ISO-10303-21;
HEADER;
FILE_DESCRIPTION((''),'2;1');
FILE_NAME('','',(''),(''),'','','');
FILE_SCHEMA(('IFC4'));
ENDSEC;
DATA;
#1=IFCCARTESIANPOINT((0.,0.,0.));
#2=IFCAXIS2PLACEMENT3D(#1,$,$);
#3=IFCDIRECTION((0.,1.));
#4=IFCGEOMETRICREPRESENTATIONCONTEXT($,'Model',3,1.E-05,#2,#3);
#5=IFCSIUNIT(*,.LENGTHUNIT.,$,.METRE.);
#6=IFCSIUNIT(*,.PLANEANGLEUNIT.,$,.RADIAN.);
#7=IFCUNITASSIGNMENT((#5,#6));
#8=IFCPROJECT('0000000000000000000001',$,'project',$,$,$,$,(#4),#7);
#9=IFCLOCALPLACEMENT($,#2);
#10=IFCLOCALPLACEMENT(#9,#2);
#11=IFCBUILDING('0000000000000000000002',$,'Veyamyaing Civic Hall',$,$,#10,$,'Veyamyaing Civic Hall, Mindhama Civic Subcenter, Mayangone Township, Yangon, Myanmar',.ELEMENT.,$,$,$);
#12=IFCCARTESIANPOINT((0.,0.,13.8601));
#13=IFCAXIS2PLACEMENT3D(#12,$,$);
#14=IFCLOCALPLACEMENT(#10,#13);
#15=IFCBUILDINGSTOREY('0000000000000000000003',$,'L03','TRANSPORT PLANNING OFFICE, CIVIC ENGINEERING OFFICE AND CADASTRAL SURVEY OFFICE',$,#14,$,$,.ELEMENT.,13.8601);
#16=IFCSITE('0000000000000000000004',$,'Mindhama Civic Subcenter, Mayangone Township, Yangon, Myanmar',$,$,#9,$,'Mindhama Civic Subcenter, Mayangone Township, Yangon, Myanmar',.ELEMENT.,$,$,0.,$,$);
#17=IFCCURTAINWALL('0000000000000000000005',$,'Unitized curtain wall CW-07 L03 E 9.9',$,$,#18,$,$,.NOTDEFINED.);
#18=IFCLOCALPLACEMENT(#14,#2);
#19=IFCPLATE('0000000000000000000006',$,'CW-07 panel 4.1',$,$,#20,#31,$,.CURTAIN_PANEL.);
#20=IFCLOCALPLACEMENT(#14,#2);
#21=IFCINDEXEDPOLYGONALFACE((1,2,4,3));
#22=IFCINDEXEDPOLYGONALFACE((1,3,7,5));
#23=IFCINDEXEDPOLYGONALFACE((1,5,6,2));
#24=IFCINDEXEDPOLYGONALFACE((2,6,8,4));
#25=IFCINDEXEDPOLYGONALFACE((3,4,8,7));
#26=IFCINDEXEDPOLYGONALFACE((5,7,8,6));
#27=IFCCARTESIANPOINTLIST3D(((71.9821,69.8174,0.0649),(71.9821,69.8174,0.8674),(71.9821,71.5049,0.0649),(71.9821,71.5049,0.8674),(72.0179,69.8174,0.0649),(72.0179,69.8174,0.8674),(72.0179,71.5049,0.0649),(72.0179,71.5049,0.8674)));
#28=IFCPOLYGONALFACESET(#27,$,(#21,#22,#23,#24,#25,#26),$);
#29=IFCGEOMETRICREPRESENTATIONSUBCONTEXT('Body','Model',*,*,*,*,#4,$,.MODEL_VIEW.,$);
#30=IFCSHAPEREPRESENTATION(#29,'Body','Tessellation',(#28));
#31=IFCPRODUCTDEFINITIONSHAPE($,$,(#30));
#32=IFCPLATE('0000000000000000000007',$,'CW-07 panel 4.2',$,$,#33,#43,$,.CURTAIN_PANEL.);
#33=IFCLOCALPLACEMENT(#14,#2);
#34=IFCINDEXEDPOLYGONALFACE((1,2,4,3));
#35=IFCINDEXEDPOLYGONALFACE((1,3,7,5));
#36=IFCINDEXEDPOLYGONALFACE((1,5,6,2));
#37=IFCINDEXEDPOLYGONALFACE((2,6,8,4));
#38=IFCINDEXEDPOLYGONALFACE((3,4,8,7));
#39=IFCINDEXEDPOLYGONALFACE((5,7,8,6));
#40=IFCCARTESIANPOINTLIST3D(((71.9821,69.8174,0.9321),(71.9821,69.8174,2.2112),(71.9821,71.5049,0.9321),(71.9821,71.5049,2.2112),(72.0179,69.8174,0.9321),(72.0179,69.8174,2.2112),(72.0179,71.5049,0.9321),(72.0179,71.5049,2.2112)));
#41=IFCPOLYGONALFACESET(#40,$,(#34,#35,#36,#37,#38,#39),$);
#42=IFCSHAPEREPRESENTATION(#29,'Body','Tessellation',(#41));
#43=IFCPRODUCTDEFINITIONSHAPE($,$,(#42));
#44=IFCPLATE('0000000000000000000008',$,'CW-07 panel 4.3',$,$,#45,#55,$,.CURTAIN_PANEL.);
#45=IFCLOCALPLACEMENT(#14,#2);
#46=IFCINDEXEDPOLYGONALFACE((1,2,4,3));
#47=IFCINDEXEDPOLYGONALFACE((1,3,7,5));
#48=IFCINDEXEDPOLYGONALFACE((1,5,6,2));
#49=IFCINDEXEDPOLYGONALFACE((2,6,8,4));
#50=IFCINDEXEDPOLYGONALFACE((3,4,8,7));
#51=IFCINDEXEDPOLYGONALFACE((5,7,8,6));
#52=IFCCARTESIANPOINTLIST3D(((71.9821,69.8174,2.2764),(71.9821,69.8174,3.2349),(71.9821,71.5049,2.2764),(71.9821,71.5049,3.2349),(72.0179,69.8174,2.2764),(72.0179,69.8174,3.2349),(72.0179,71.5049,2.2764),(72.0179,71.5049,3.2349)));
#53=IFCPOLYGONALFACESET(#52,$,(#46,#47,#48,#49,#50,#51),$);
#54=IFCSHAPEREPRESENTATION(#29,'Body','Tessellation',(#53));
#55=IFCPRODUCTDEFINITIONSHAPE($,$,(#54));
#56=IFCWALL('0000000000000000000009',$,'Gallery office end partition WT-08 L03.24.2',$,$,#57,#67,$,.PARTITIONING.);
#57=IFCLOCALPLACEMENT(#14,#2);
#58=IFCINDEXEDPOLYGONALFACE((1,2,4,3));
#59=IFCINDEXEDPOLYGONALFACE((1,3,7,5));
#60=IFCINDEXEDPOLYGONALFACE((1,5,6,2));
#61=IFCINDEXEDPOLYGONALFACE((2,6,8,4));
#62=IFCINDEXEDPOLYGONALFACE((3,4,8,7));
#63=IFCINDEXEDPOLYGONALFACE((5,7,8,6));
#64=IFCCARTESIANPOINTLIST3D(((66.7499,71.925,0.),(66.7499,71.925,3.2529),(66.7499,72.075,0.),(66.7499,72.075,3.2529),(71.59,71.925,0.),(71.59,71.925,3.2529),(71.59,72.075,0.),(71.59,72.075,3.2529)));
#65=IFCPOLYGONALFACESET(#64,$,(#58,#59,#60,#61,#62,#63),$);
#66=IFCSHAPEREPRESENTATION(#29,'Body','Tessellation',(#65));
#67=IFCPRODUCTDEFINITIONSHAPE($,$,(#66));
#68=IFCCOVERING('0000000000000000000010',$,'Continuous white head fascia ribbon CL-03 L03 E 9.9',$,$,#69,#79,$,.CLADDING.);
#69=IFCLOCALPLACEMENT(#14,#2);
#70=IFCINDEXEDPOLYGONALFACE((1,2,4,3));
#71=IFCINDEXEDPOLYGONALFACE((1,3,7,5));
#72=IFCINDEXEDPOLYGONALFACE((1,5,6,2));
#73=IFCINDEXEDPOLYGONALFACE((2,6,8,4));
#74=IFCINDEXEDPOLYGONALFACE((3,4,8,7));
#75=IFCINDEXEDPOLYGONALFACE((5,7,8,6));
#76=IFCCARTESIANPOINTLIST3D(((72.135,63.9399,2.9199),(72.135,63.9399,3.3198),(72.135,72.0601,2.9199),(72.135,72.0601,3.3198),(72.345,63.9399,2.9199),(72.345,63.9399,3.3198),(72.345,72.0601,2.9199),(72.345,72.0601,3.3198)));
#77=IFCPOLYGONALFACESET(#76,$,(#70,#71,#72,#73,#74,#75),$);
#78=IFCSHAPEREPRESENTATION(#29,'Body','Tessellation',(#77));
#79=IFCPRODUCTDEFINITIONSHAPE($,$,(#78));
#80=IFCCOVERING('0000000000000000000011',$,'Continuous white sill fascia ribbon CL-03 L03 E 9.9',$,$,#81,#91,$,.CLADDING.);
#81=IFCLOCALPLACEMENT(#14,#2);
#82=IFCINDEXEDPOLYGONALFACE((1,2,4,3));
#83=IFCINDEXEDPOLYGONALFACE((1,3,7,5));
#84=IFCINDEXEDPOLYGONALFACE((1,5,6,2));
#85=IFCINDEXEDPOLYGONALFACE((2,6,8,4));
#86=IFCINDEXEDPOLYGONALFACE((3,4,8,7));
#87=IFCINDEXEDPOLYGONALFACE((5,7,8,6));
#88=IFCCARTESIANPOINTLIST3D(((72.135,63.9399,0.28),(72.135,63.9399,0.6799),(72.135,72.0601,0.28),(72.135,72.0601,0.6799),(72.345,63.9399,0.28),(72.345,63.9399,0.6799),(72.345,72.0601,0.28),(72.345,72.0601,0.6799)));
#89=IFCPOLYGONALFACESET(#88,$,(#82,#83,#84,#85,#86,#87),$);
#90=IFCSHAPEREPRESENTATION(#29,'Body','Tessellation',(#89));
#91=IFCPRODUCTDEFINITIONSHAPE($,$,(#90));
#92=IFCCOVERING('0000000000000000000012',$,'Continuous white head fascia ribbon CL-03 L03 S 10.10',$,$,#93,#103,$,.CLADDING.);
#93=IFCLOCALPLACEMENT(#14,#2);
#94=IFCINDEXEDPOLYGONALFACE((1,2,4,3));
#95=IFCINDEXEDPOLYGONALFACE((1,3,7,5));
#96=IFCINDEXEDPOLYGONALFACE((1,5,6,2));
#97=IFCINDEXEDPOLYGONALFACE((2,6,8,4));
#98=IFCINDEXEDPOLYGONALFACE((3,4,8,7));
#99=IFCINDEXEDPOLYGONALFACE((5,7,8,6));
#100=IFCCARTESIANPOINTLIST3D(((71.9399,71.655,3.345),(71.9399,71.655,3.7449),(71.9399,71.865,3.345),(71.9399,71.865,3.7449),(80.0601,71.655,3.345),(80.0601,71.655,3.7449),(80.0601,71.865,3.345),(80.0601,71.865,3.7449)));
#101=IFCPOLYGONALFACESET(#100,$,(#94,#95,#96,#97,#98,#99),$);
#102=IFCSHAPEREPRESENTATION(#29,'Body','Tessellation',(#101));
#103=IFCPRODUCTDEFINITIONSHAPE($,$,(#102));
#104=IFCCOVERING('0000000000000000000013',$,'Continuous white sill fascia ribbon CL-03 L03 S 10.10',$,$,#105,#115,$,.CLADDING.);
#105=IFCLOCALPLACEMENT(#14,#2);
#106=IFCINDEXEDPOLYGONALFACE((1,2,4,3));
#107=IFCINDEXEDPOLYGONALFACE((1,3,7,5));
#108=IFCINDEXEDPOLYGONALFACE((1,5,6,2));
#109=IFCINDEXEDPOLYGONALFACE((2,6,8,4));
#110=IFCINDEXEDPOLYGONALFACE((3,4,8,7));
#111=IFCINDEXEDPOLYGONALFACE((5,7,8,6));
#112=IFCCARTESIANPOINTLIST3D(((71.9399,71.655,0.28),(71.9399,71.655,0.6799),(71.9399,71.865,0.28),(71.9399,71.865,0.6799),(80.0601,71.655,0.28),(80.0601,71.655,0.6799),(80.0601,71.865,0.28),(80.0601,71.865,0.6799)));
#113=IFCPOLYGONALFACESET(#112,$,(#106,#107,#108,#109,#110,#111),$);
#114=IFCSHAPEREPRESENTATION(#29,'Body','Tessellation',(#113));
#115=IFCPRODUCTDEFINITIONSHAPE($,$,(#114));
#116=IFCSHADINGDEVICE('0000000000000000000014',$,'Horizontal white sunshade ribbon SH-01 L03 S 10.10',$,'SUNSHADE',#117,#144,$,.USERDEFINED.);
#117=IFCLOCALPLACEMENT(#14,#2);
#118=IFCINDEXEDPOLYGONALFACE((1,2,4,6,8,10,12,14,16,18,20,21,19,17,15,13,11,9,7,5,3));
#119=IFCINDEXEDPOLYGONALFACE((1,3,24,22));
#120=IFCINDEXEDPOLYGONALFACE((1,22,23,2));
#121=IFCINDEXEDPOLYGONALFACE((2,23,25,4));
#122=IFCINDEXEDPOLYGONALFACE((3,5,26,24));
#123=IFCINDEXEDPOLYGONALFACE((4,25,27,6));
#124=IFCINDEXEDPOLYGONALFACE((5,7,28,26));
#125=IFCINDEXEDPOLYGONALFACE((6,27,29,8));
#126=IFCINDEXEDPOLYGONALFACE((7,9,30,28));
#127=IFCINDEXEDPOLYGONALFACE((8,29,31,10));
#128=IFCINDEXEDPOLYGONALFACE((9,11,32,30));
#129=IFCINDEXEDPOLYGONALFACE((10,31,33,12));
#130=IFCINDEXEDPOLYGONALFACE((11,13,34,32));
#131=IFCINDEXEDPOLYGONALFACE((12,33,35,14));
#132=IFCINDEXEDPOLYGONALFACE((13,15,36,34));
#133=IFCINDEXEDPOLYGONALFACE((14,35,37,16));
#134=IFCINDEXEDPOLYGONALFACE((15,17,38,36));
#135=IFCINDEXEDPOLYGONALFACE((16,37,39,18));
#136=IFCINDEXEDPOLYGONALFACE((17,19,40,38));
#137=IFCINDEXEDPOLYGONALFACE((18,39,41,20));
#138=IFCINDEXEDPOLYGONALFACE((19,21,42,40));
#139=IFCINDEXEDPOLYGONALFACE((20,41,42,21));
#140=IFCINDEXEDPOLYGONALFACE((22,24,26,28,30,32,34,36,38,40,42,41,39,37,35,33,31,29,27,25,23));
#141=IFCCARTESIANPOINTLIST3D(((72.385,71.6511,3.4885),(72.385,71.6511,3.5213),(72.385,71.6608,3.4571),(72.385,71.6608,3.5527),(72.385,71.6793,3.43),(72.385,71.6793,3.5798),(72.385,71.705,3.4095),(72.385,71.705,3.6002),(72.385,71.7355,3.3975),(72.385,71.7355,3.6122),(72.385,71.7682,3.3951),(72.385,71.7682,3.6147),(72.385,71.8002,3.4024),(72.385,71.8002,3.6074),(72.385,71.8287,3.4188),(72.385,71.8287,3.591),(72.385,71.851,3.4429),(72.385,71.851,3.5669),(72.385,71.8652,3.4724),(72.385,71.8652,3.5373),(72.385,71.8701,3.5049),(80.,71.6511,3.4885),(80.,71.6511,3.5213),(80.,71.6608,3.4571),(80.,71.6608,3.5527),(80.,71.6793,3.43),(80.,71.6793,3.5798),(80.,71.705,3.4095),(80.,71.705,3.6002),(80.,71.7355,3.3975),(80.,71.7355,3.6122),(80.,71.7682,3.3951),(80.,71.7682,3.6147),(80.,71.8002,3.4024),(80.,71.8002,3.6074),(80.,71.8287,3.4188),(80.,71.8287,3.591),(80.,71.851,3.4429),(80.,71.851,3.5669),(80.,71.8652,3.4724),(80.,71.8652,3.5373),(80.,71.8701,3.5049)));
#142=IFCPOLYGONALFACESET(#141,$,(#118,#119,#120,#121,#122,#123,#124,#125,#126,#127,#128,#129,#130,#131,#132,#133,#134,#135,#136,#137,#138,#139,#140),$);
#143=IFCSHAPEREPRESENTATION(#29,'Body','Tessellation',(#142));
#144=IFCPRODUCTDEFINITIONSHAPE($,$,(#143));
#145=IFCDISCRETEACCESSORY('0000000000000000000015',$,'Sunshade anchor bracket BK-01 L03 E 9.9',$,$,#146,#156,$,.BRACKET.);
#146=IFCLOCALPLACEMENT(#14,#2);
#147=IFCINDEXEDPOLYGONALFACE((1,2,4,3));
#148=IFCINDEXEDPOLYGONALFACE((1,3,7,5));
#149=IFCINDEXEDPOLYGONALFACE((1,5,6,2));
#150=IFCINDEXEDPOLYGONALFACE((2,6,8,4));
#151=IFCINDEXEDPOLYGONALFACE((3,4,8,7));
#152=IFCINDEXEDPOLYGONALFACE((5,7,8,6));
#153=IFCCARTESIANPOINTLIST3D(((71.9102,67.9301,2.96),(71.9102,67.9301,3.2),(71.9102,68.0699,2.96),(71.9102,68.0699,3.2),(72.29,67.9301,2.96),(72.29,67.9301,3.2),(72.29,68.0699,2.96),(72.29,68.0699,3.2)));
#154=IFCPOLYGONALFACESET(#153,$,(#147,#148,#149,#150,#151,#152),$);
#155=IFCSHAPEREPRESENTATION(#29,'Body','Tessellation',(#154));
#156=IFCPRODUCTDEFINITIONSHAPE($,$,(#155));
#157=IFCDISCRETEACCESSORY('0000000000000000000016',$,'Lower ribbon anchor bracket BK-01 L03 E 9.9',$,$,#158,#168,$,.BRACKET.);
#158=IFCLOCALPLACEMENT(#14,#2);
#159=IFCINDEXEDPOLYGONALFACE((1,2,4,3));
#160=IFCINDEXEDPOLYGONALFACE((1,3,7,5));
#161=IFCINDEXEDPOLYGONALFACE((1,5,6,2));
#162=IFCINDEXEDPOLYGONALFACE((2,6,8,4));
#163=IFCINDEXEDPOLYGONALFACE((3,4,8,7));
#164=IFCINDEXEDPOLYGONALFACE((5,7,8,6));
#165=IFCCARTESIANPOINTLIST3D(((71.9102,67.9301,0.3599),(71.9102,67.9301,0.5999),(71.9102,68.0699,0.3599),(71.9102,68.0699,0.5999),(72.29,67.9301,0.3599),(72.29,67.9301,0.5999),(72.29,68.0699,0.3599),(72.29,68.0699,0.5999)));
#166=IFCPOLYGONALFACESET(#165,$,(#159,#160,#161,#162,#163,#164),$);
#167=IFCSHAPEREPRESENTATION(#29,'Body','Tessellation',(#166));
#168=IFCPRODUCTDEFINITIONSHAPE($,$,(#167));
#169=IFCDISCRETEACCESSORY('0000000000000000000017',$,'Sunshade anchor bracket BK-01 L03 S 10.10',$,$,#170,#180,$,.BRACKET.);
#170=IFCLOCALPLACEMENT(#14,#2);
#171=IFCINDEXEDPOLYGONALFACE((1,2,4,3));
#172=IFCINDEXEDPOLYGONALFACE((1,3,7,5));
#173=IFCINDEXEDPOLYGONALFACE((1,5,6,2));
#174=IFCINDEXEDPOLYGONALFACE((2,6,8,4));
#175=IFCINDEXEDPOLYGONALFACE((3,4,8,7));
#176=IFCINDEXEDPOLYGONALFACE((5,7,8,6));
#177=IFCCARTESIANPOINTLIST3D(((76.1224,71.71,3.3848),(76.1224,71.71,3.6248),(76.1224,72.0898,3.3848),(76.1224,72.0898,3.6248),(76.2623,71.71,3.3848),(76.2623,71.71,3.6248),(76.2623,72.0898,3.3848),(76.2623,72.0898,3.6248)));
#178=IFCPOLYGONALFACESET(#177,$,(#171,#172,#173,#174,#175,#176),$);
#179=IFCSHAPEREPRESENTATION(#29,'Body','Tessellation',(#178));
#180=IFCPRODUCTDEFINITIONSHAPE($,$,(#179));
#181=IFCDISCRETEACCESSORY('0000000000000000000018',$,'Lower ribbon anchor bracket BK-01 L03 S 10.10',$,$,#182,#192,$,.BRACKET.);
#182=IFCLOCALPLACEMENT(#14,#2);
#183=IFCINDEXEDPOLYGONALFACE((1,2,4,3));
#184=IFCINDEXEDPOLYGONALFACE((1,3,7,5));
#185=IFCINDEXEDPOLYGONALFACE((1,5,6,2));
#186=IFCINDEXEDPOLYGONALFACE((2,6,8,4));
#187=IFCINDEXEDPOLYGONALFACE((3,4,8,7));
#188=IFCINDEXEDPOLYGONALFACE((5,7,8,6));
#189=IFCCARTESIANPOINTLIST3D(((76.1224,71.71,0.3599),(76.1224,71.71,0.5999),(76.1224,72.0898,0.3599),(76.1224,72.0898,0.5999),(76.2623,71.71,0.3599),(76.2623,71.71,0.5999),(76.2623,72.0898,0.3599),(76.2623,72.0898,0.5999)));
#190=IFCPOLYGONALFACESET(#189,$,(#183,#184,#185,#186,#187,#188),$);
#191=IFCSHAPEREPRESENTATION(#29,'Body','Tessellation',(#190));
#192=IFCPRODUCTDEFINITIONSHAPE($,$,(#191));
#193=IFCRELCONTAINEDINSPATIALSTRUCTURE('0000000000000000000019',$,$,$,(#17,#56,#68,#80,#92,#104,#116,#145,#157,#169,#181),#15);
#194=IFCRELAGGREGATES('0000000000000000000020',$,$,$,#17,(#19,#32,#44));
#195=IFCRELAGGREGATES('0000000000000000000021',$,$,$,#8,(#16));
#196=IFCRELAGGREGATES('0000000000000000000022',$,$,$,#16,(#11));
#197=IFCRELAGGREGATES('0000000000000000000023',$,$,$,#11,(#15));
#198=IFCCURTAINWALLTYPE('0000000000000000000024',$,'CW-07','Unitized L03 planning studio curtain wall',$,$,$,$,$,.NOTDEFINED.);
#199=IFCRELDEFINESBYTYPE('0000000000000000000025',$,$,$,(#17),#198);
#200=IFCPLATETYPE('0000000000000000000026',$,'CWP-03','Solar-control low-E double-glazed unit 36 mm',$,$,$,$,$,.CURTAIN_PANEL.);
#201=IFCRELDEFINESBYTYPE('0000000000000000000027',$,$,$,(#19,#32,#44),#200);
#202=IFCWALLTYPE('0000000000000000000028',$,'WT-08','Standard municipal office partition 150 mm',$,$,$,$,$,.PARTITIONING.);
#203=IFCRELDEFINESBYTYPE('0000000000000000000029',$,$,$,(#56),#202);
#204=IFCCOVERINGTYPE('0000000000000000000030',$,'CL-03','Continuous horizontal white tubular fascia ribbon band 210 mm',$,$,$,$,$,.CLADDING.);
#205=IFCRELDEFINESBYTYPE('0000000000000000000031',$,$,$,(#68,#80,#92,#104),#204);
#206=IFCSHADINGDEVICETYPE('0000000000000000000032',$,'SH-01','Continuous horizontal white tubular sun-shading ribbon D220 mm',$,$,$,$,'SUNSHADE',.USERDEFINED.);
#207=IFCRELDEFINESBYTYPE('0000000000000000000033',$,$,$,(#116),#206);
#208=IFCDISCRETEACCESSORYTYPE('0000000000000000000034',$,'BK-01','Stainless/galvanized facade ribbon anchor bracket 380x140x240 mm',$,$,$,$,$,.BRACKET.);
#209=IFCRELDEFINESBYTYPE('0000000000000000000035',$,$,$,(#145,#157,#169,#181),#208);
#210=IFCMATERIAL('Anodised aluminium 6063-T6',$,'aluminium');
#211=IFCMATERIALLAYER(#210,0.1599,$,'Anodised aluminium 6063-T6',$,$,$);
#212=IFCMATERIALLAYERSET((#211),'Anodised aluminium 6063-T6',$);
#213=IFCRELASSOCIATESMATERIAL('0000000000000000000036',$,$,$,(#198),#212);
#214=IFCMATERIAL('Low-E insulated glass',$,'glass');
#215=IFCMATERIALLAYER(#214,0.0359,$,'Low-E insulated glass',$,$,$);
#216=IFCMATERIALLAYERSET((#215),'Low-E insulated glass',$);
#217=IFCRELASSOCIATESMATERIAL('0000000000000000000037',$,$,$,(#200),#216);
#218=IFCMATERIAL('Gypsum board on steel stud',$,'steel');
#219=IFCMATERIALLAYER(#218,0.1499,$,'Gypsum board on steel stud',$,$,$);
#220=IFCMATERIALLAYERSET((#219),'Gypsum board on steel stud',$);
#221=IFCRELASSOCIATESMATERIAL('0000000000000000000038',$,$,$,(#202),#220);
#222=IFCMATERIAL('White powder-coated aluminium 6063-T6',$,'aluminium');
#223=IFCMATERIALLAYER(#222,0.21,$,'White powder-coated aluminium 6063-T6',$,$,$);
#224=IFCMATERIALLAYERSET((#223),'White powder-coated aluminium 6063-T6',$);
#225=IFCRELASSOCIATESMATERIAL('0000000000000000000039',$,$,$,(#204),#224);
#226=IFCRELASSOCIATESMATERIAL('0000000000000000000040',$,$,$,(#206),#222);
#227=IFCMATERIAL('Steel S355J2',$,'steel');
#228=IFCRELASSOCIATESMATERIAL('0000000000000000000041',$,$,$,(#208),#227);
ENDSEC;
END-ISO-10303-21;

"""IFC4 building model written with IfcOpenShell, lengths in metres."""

from ifc_helpers import new_model, si_unit, direction, frame, frame_2d, origin, origin_2d, place, context, subcontext, project, spatial, rectangle, circle, extrude, material, layer, layer_set, material_profile, profile_set, type_object, element, aggregate, save


model = new_model("IFC4")

# Units and contexts
model_context = context("Model", 3, precision=1e-05, world=origin(), true_north=direction((0.0, 1.0)))
body_context = subcontext(model_context, "Body", "Model", "MODEL_VIEW")
ifc_project = project(units=[si_unit("LENGTHUNIT", "METRE"), si_unit("PLANEANGLEUNIT", "RADIAN")], contexts=[model_context])

# Site, building, storey
site_placement = place(None, origin())
site = spatial("IfcSite", under=ifc_project, at=site_placement, Name="Mindhama Civic Subcenter, Mayangone Township, Yangon, Myanmar", LongName="Mindhama Civic Subcenter, Mayangone Township, Yangon, Myanmar", CompositionType="ELEMENT", RefElevation=0.0)
building_placement = place(site_placement, origin())
building = spatial("IfcBuilding", under=site, at=building_placement, Name="Veyamyaing Civic Hall", LongName="Veyamyaing Civic Hall, Mindhama Civic Subcenter, Mayangone Township, Yangon, Myanmar", CompositionType="ELEMENT")
storey_placement = place(building_placement, frame((0.0, 0.0, 13.8601)))
storey = spatial("IfcBuildingStorey", under=building, at=storey_placement, Name="L03", Description="TRANSPORT PLANNING OFFICE, CIVIC ENGINEERING OFFICE AND CADASTRAL SURVEY OFFICE", CompositionType="ELEMENT", Elevation=13.8601)

# Shared definitions
ifc_material_1 = material(Name="Anodised aluminium 6063-T6", Category="aluminium")
ifc_layer_1 = layer(ifc_material_1, 0.1599, Name="Anodised aluminium 6063-T6")
ifc_layer_set_1 = layer_set([ifc_layer_1], Name="Anodised aluminium 6063-T6")
curtain_wall_type = type_object("IfcCurtainWallType", Name="CW-07", Description="Unitized L03 planning studio curtain wall", PredefinedType="NOTDEFINED", material=ifc_layer_set_1)

# Curtain wall
curtain_wall_1_placement = place(storey_placement, origin())
curtain_wall_1 = element("IfcCurtainWall", 1, at=curtain_wall_1_placement, inside=storey, type_object=curtain_wall_type, Name="Unitized curtain wall CW-07 L03 E 9.9", PredefinedType="NOTDEFINED")

# Plates
ifc_material_2 = material(Name="Low-E insulated glass", Category="glass")
ifc_layer_2 = layer(ifc_material_2, 0.0359, Name="Low-E insulated glass")
ifc_layer_set_2 = layer_set([ifc_layer_2], Name="Low-E insulated glass")
plate_type = type_object("IfcPlateType", Name="CWP-03", Description="Solar-control low-E double-glazed unit 36 mm", PredefinedType="CURTAIN_PANEL", material=ifc_layer_set_2)
plate_1_placement = place(storey_placement, frame((72.0, 70.6611, 0.0649), z_axis=(0.0, 0.0, 1.0), x_axis=(0.0, 1.0, 0.0)))
plate_1 = element("IfcPlate", 2, at=plate_1_placement, type_object=plate_type, Name="CW-07 panel 4.1", PredefinedType="CURTAIN_PANEL", context=body_context, shape_type="SweptSolid", body=[
    extrude(rectangle(XDim=1.6875, YDim=0.0359, at=origin_2d()), origin(), (0.0, 0.0, 1.0), 0.8025),
])
plate_2_placement = place(storey_placement, frame((72.0, 70.6611, 0.9321), z_axis=(0.0, 0.0, 1.0), x_axis=(0.0, 1.0, 0.0)))
plate_2 = element("IfcPlate", 3, at=plate_2_placement, type_object=plate_type, Name="CW-07 panel 4.2", PredefinedType="CURTAIN_PANEL", context=body_context, shape_type="SweptSolid", body=[
    extrude(rectangle(XDim=1.6875, YDim=0.0359, at=origin_2d()), origin(), (0.0, 0.0, 1.0), 1.2791),
])
plate_3_placement = place(storey_placement, frame((72.0, 70.6611, 2.2764), z_axis=(0.0, 0.0, 1.0), x_axis=(0.0, 1.0, 0.0)))
plate_3 = element("IfcPlate", 4, at=plate_3_placement, type_object=plate_type, Name="CW-07 panel 4.3", PredefinedType="CURTAIN_PANEL", context=body_context, shape_type="SweptSolid", body=[
    extrude(rectangle(XDim=1.6875, YDim=0.0359, at=origin_2d()), origin(), (0.0, 0.0, 1.0), 0.9585),
])
aggregate(curtain_wall_1, [plate_1, plate_2, plate_3])

# Wall
ifc_material_3 = material(Name="Gypsum board on steel stud", Category="steel")
ifc_layer_3 = layer(ifc_material_3, 0.1499, Name="Gypsum board on steel stud")
ifc_layer_set_3 = layer_set([ifc_layer_3], Name="Gypsum board on steel stud")
wall_type = type_object("IfcWallType", Name="WT-08", Description="Standard municipal office partition 150 mm", PredefinedType="PARTITIONING", material=ifc_layer_set_3)
wall_placement = place(storey_placement, frame((66.75, 72.0, 0.0), z_axis=(0.0, 0.0, 1.0), x_axis=(1.0, 0.0, 0.0)))
element("IfcWall", 5, at=wall_placement, inside=storey, type_object=wall_type, Name="Gallery office end partition WT-08 L03.24.2", PredefinedType="PARTITIONING", context=body_context, shape_type="SweptSolid", body=[
    extrude(rectangle(XDim=4.8401, YDim=0.1499, at=frame_2d((2.4199, 0.0))), origin(), (0.0, 0.0, 1.0), 3.2529),
])

# Coverings
ifc_material_4 = material(Name="White powder-coated aluminium 6063-T6", Category="aluminium")
ifc_layer_4 = layer(ifc_material_4, 0.21, Name="White powder-coated aluminium 6063-T6")
ifc_layer_set_4 = layer_set([ifc_layer_4], Name="White powder-coated aluminium 6063-T6")
covering_type = type_object("IfcCoveringType", Name="CL-03", Description="Continuous horizontal white tubular fascia ribbon band 210 mm", PredefinedType="CLADDING", material=ifc_layer_set_4)
for number, where, z_axis, x_axis, name in (
    (6, (72.24, 68.0, 2.9199), (0.0, 0.0, 1.0), (0.0, 1.0, 0.0), "Continuous white head fascia ribbon CL-03 L03 E 9.9"),
    (7, (72.24, 68.0, 0.28), (0.0, 0.0, 1.0), (0.0, 1.0, 0.0), "Continuous white sill fascia ribbon CL-03 L03 E 9.9"),
    (8, (76.0, 71.76, 3.345), (0.0, 0.0, 1.0), (1.0, 0.0, 0.0), "Continuous white head fascia ribbon CL-03 L03 S 10.10"),
    (9, (76.0, 71.76, 0.28), (0.0, 0.0, 1.0), (1.0, 0.0, 0.0), "Continuous white sill fascia ribbon CL-03 L03 S 10.10"),
):
    element("IfcCovering", number, at=place(storey_placement, frame(where, z_axis=z_axis, x_axis=x_axis)), inside=storey, type_object=covering_type, Name=name, PredefinedType="CLADDING", context=body_context, shape_type="SweptSolid", body=[
        extrude(rectangle(XDim=8.1201, YDim=0.21, at=origin_2d()), origin(), (0.0, 0.0, 1.0), 0.3999),
    ])

# Shading device
ifc_material_profile_1 = material_profile(ifc_material_4, circle(Radius=0.1101, at=origin_2d()), Name="SHADE-TUBE-220")
ifc_profile_set_1 = profile_set([ifc_material_profile_1], Name="White powder-coated aluminium 6063-T6")
shading_device_type = type_object("IfcShadingDeviceType", Name="SH-01", Description="Continuous horizontal white tubular sun-shading ribbon D220 mm", ElementType="SUNSHADE", PredefinedType="USERDEFINED", material=ifc_profile_set_1)
shading_device_placement = place(storey_placement, frame((72.385, 71.76, 3.5049), z_axis=(1.0, 0.0, 0.0), x_axis=(0.0, 1.0, 0.0)))
element("IfcShadingDevice", 10, at=shading_device_placement, inside=storey, type_object=shading_device_type, Name="Horizontal white sunshade ribbon SH-01 L03 S 10.10", ObjectType="SUNSHADE", PredefinedType="USERDEFINED", context=body_context, shape_type="SweptSolid", body=[
    extrude(circle(Radius=0.1101, at=origin_2d()), origin(), (0.0, 0.0, 1.0), 7.615),
])

# Discrete accessories
ifc_material_5 = material(Name="Steel S355J2", Category="steel")
discrete_accessory_type = type_object("IfcDiscreteAccessoryType", Name="BK-01", Description="Stainless/galvanized facade ribbon anchor bracket 380x140x240 mm", PredefinedType="BRACKET", material=ifc_material_5)
for number, where, z_axis, x_axis, name in (
    (11, (72.1001, 68.0, 2.96), (0.0, 0.0, 1.0), (1.0, 0.0, 0.0), "Sunshade anchor bracket BK-01 L03 E 9.9"),
    (12, (72.1001, 68.0, 0.3599), (0.0, 0.0, 1.0), (1.0, 0.0, 0.0), "Lower ribbon anchor bracket BK-01 L03 E 9.9"),
    (13, (76.1924, 71.8999, 3.3848), (0.0, 0.0, 1.0), (0.0, -1.0, 0.0), "Sunshade anchor bracket BK-01 L03 S 10.10"),
    (14, (76.1924, 71.8999, 0.3599), (0.0, 0.0, 1.0), (0.0, -1.0, 0.0), "Lower ribbon anchor bracket BK-01 L03 S 10.10"),
):
    element("IfcDiscreteAccessory", number, at=place(storey_placement, frame(where, z_axis=z_axis, x_axis=x_axis)), inside=storey, type_object=discrete_accessory_type, Name=name, PredefinedType="BRACKET", context=body_context, shape_type="SweptSolid", body=[
        extrude(rectangle(XDim=0.3799, YDim=0.1399, at=origin_2d()), origin(), (0.0, 0.0, 1.0), 0.24),
    ])

save(model, "model.ifc")
